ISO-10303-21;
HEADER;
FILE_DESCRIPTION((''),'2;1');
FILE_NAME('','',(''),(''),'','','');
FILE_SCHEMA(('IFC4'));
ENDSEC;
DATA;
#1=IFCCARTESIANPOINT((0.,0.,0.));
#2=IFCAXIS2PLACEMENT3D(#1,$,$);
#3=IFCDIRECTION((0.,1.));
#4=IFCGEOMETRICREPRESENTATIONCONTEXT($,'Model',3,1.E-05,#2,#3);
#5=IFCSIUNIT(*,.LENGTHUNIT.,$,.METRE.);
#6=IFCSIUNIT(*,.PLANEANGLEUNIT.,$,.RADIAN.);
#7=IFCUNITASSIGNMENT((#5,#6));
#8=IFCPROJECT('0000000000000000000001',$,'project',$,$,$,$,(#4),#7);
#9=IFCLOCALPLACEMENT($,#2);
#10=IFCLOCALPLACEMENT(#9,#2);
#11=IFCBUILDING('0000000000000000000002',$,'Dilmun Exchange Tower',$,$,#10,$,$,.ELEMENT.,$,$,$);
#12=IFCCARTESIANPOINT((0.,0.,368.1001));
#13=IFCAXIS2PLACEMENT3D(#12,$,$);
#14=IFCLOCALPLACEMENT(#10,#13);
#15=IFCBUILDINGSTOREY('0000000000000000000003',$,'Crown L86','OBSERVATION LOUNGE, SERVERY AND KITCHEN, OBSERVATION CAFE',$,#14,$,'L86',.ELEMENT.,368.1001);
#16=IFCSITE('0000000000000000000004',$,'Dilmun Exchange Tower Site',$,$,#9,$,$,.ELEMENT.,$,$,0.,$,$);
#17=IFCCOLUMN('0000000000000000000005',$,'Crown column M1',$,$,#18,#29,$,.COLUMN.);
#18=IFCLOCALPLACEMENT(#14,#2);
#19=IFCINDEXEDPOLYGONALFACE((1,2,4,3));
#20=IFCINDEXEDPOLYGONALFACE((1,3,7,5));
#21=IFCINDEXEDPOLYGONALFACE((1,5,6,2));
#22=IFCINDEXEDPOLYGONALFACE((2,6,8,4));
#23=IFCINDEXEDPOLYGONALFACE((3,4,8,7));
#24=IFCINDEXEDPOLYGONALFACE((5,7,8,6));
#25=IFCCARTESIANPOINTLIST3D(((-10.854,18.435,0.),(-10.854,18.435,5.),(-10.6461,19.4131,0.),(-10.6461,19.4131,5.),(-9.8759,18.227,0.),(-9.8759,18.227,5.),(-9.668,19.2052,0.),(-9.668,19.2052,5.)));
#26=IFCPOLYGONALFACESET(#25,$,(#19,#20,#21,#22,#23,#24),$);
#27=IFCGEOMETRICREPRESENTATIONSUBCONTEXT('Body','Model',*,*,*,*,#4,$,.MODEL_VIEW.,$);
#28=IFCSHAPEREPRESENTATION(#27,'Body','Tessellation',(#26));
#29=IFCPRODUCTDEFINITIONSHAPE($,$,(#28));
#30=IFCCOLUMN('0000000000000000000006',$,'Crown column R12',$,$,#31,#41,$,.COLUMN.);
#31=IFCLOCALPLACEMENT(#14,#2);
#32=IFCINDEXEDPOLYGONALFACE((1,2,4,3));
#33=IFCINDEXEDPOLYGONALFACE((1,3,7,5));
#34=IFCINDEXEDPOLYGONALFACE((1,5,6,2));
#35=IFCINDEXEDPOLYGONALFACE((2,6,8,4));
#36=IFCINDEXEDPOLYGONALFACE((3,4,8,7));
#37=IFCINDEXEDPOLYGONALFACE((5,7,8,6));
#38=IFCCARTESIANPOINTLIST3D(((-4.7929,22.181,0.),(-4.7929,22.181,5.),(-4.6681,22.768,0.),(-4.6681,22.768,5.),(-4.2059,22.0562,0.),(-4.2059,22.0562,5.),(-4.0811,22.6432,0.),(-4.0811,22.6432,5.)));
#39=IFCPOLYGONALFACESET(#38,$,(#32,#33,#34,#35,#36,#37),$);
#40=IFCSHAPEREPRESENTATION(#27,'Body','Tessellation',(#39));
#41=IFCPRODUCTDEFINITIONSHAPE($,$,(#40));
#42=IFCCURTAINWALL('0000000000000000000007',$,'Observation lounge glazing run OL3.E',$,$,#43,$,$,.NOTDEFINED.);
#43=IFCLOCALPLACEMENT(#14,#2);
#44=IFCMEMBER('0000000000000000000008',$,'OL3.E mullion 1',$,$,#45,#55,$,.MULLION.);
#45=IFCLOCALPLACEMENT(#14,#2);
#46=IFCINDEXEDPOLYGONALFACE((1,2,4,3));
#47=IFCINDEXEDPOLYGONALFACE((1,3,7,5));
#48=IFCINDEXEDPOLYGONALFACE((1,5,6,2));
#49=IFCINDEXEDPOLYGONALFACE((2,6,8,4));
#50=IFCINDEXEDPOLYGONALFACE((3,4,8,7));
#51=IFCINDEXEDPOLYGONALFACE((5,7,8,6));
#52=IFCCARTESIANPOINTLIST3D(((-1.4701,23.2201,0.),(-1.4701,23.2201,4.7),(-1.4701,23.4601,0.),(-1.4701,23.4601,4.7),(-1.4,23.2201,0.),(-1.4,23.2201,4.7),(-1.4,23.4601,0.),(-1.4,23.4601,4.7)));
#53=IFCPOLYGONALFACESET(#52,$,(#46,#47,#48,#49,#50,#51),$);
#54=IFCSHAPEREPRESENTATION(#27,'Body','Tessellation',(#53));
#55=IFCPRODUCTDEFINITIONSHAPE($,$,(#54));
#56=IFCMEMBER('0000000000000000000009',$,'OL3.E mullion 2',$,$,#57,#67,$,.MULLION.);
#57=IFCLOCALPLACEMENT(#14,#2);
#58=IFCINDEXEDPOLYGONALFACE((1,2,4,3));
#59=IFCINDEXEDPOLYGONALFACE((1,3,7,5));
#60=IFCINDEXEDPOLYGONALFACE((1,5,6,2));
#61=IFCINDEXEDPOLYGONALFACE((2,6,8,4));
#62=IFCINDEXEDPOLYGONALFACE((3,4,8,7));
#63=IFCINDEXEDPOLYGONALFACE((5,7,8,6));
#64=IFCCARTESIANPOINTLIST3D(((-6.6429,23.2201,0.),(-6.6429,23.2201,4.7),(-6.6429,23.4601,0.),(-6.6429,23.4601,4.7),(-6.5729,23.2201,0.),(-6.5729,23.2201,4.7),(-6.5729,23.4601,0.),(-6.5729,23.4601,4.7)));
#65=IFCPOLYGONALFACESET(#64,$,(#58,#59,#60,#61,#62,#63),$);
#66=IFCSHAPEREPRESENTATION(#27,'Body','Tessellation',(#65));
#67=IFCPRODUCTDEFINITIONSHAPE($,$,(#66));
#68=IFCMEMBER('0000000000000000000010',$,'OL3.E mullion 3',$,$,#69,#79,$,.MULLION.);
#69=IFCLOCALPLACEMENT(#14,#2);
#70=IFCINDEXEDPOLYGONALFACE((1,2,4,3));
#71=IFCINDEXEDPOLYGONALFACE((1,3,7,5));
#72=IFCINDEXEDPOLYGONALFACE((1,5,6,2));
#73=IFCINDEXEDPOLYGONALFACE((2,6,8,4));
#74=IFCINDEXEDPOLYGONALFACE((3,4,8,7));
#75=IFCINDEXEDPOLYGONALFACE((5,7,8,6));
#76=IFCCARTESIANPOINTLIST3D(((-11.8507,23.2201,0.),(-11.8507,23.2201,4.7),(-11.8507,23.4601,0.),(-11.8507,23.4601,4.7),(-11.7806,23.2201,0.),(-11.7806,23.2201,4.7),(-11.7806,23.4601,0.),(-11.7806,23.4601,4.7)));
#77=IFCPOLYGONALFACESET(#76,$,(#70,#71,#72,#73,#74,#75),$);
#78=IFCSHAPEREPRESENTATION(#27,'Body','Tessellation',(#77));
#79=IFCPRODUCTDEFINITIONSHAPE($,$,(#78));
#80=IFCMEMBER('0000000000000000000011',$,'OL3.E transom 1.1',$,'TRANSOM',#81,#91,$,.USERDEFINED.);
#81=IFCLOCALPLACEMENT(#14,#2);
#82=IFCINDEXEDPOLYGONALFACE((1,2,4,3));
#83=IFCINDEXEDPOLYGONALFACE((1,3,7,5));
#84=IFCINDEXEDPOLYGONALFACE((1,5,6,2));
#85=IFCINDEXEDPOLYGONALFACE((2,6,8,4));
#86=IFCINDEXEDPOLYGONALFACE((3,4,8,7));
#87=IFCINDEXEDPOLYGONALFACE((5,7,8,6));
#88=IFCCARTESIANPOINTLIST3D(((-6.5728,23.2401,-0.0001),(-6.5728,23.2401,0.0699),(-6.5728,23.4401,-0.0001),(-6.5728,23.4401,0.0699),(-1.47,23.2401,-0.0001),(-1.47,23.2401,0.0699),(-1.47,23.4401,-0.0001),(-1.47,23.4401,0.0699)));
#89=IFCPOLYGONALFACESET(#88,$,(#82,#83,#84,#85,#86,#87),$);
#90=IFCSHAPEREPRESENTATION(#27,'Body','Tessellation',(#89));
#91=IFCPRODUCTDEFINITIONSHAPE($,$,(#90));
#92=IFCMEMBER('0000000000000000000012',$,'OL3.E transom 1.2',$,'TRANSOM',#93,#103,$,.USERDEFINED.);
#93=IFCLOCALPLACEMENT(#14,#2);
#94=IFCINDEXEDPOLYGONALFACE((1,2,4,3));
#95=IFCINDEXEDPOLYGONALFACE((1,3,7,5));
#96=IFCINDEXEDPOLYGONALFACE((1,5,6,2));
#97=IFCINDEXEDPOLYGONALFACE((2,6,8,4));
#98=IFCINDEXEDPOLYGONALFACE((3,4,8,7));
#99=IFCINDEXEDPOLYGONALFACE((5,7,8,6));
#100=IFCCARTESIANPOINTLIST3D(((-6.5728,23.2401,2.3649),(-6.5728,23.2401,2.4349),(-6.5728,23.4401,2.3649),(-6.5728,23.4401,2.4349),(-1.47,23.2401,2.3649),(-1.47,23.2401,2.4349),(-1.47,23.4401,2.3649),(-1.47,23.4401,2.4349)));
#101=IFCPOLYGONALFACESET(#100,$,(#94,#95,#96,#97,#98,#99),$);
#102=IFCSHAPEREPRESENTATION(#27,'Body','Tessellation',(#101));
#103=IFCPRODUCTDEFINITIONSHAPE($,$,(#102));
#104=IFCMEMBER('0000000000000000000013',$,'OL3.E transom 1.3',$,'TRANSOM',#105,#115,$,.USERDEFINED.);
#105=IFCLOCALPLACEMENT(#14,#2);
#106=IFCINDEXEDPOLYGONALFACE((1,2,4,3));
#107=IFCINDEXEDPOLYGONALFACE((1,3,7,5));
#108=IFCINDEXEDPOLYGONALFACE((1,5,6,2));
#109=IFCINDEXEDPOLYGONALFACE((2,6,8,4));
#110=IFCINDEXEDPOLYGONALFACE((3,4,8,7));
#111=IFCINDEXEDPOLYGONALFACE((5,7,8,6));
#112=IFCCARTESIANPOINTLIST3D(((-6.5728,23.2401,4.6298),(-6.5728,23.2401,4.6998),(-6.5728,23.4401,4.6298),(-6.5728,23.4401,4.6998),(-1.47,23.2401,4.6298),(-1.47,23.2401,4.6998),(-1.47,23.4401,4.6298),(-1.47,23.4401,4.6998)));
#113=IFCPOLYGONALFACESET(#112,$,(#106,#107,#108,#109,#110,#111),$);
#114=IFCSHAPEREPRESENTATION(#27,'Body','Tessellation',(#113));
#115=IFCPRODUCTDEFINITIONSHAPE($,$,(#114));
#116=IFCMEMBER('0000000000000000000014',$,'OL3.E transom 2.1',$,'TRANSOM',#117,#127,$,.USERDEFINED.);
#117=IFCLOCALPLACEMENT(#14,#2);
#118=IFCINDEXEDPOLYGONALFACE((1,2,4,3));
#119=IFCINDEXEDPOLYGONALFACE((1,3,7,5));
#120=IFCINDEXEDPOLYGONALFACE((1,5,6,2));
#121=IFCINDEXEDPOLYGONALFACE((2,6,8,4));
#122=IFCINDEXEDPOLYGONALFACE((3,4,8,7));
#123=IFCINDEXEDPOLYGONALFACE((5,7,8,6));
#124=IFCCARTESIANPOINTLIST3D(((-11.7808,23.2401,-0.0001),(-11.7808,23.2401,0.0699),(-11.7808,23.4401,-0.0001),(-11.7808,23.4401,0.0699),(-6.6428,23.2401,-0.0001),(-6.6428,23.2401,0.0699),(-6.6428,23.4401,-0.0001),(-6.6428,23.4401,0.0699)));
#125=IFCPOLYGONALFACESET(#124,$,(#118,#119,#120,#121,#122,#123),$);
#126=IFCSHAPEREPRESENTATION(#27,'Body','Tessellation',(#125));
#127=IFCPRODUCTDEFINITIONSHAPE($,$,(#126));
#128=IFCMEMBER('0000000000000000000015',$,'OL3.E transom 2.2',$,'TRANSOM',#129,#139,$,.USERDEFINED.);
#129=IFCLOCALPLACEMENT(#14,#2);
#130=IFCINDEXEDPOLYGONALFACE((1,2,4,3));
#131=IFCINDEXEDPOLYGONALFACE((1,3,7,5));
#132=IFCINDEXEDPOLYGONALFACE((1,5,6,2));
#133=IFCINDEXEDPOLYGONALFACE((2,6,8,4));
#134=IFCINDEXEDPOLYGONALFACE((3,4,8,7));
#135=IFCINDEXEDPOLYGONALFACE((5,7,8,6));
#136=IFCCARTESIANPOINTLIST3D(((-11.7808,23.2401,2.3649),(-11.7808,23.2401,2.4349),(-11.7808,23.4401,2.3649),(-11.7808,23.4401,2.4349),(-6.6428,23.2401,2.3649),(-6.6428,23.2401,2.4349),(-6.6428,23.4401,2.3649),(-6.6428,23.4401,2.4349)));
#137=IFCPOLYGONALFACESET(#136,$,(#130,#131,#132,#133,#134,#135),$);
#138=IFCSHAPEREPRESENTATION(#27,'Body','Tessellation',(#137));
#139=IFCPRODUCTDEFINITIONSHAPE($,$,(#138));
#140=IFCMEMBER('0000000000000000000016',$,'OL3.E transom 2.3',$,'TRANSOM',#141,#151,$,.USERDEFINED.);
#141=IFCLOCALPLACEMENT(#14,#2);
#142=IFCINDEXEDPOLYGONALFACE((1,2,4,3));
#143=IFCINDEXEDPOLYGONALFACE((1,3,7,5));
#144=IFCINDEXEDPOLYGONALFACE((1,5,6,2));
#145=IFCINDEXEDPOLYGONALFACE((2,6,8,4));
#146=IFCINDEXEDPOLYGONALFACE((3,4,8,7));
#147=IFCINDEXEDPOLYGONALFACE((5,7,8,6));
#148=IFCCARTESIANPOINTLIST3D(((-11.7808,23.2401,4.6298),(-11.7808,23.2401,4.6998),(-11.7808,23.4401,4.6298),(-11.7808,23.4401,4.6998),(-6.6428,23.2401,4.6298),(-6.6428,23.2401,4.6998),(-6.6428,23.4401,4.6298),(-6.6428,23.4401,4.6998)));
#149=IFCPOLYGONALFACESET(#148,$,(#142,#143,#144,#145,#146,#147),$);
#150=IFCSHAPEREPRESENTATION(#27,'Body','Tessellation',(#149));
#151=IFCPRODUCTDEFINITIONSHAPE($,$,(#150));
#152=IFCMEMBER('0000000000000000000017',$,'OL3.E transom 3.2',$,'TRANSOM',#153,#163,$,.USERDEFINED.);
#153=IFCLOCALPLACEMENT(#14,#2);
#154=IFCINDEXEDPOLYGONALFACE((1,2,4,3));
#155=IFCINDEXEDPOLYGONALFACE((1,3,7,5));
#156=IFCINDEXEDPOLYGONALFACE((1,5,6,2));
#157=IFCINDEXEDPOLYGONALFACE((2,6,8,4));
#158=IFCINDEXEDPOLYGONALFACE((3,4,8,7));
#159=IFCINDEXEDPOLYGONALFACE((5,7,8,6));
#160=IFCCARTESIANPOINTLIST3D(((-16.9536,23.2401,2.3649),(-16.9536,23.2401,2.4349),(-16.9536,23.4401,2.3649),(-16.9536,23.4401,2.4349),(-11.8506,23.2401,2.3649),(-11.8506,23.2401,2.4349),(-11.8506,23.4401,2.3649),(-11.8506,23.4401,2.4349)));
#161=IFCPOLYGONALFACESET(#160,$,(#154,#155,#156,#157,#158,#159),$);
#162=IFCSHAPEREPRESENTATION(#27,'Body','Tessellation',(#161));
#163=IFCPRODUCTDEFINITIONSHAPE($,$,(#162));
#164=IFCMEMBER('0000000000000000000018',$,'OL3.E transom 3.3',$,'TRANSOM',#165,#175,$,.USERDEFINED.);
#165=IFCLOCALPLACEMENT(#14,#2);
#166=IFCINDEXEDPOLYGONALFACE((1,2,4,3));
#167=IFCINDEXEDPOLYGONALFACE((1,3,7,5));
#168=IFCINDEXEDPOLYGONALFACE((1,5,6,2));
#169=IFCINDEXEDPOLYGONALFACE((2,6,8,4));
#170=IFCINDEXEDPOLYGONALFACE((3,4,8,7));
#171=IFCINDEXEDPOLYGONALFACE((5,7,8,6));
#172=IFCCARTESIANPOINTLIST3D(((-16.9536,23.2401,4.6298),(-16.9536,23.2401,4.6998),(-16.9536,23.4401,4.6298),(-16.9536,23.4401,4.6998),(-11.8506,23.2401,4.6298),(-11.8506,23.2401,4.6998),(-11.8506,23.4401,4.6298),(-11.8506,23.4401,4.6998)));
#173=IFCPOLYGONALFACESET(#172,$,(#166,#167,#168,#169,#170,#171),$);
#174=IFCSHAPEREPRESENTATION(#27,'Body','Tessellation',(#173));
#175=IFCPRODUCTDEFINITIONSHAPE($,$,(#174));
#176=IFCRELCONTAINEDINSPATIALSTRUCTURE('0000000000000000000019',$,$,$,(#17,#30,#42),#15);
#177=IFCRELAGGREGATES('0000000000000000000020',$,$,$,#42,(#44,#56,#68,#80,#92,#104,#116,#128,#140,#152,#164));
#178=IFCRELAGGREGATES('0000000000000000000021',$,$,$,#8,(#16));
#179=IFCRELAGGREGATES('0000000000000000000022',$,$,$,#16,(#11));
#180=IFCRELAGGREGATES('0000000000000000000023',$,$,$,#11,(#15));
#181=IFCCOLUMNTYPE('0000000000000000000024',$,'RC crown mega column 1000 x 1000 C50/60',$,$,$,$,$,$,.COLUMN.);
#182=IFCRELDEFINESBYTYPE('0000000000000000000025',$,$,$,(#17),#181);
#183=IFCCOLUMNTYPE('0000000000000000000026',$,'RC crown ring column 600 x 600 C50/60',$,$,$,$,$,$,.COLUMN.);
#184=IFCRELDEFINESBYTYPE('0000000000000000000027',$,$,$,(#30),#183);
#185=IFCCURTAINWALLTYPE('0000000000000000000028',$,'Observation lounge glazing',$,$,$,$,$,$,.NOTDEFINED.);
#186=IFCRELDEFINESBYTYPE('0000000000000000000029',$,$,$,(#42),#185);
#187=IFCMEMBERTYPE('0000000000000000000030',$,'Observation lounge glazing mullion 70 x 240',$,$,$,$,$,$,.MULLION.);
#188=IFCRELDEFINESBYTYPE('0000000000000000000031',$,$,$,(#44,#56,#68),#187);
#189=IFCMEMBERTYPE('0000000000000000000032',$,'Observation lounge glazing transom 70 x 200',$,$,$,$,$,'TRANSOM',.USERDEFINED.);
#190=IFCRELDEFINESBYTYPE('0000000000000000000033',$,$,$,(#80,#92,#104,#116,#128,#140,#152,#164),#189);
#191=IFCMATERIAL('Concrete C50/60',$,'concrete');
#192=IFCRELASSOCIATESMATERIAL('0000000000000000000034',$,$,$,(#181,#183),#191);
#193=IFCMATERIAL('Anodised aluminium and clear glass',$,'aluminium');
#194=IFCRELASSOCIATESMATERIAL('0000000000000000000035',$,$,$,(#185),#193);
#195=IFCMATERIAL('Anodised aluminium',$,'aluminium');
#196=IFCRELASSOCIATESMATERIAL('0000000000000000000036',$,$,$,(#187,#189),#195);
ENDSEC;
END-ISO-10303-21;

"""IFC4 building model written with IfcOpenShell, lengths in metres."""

from ifc_helpers import new_model, si_unit, direction, frame, origin, origin_2d, place, context, subcontext, project, spatial, rectangle, extrude, material, material_profile, profile_set, type_object, element, aggregate, save


model = new_model("IFC4")

# Units and contexts
model_context = context("Model", 3, precision=1e-05, world=origin(), true_north=direction((0.0, 1.0)))
body_context = subcontext(model_context, "Body", "Model", "MODEL_VIEW")
ifc_project = project(units=[si_unit("LENGTHUNIT", "METRE"), si_unit("PLANEANGLEUNIT", "RADIAN")], contexts=[model_context])

# Site, building, storey
site_placement = place(None, origin())
site = spatial("IfcSite", under=ifc_project, at=site_placement, Name="Dilmun Exchange Tower Site", CompositionType="ELEMENT", RefElevation=0.0)
building_placement = place(site_placement, origin())
building = spatial("IfcBuilding", under=site, at=building_placement, Name="Dilmun Exchange Tower", CompositionType="ELEMENT")
storey_placement = place(building_placement, frame((0.0, 0.0, 368.1001)))
storey = spatial("IfcBuildingStorey", under=building, at=storey_placement, Name="Crown L86", Description="OBSERVATION LOUNGE, SERVERY AND KITCHEN, OBSERVATION CAFE", LongName="L86", CompositionType="ELEMENT", Elevation=368.1001)

# Columns
ifc_material_1 = material(Name="Concrete C50/60", Category="concrete")
ifc_material_profile_1 = material_profile(ifc_material_1, rectangle(XDim=1.0, YDim=1.0, at=origin_2d()), Name="1000 x 1000")
ifc_profile_set_1 = profile_set([ifc_material_profile_1], Name="Concrete C50/60")
column_type_1 = type_object("IfcColumnType", Name="RC crown mega column 1000 x 1000 C50/60", PredefinedType="COLUMN", material=ifc_profile_set_1)
column_1_placement = place(storey_placement, frame((-10.261, 18.8201, 0.0), z_axis=(0.0, 0.0, 1.0), x_axis=(0.207912, 0.978148, 0.0)))
element("IfcColumn", 1, at=column_1_placement, inside=storey, type_object=column_type_1, Name="Crown column M1", PredefinedType="COLUMN", context=body_context, shape_type="SweptSolid", body=[
    extrude(rectangle(XDim=1.0, YDim=1.0, at=origin_2d()), origin(), (0.0, 0.0, 1.0), 5.0),
])
ifc_material_profile_2 = material_profile(ifc_material_1, rectangle(XDim=0.6001, YDim=0.6001, at=origin_2d()), Name="600 x 600")
ifc_profile_set_2 = profile_set([ifc_material_profile_2], Name="Concrete C50/60")
column_type_2 = type_object("IfcColumnType", Name="RC crown ring column 600 x 600 C50/60", PredefinedType="COLUMN", material=ifc_profile_set_2)
column_2_placement = place(storey_placement, frame((-4.437, 22.4121, 0.0), z_axis=(0.0, 0.0, 1.0), x_axis=(0.207912, 0.978148, 0.0)))
element("IfcColumn", 2, at=column_2_placement, inside=storey, type_object=column_type_2, Name="Crown column R12", PredefinedType="COLUMN", context=body_context, shape_type="SweptSolid", body=[
    extrude(rectangle(XDim=0.6001, YDim=0.6001, at=origin_2d()), origin(), (0.0, 0.0, 1.0), 5.0),
])

# Curtain wall, members
ifc_material_2 = material(Name="Anodised aluminium and clear glass", Category="aluminium")
curtain_wall_type = type_object("IfcCurtainWallType", Name="Observation lounge glazing", PredefinedType="NOTDEFINED", material=ifc_material_2)
curtain_wall_placement = place(storey_placement, origin())
curtain_wall = element("IfcCurtainWall", 3, at=curtain_wall_placement, inside=storey, type_object=curtain_wall_type, Name="Observation lounge glazing run OL3.E", PredefinedType="NOTDEFINED")
ifc_material_3 = material(Name="Anodised aluminium", Category="aluminium")
ifc_material_profile_3 = material_profile(ifc_material_3, rectangle(XDim=0.24, YDim=0.0701, at=origin_2d()), Name="AL 70x240")
ifc_profile_set_3 = profile_set([ifc_material_profile_3], Name="Anodised aluminium")
member_type_1 = type_object("IfcMemberType", Name="Observation lounge glazing mullion 70 x 240", PredefinedType="MULLION", material=ifc_profile_set_3)
member_1_placement = place(storey_placement, frame((-1.4351, 23.3401, 0.0), z_axis=(0.0, 0.0, 1.0), x_axis=(0.0, -1.0, 0.0)))
member_1 = element("IfcMember", 4, at=member_1_placement, type_object=member_type_1, Name="OL3.E mullion 1", PredefinedType="MULLION", context=body_context, shape_type="SweptSolid", body=[
    extrude(rectangle(XDim=0.24, YDim=0.0701, at=origin_2d()), origin(), (0.0, 0.0, 1.0), 4.7),
])
member_2_placement = place(storey_placement, frame((-6.6079, 23.3401, 0.0), z_axis=(0.0, 0.0, 1.0), x_axis=(0.0, -1.0, 0.0)))
member_2 = element("IfcMember", 5, at=member_2_placement, type_object=member_type_1, Name="OL3.E mullion 2", PredefinedType="MULLION", context=body_context, shape_type="SweptSolid", body=[
    extrude(rectangle(XDim=0.24, YDim=0.0701, at=origin_2d()), origin(), (0.0, 0.0, 1.0), 4.7),
])
member_3_placement = place(storey_placement, frame((-11.8157, 23.3401, 0.0), z_axis=(0.0, 0.0, 1.0), x_axis=(0.0, -1.0, 0.0)))
member_3 = element("IfcMember", 6, at=member_3_placement, type_object=member_type_1, Name="OL3.E mullion 3", PredefinedType="MULLION", context=body_context, shape_type="SweptSolid", body=[
    extrude(rectangle(XDim=0.24, YDim=0.0701, at=origin_2d()), origin(), (0.0, 0.0, 1.0), 4.7),
])
ifc_material_profile_4 = material_profile(ifc_material_3, rectangle(XDim=0.2, YDim=0.0701, at=origin_2d()), Name="AL 70x200")
ifc_profile_set_4 = profile_set([ifc_material_profile_4], Name="Anodised aluminium")
member_type_2 = type_object("IfcMemberType", Name="Observation lounge glazing transom 70 x 200", ElementType="TRANSOM", PredefinedType="USERDEFINED", material=ifc_profile_set_4)
member_4_placement = place(storey_placement, frame((-1.47, 23.3401, 0.0349), z_axis=(-1.0, 0.0, 0.0), x_axis=(0.0, -1.0, 0.0)))
member_4 = element("IfcMember", 7, at=member_4_placement, type_object=member_type_2, Name="OL3.E transom 1.1", ObjectType="TRANSOM", PredefinedType="USERDEFINED", context=body_context, shape_type="SweptSolid", body=[
    extrude(rectangle(XDim=0.2, YDim=0.0701, at=origin_2d()), origin(), (0.0, 0.0, 1.0), 5.1028),
])
member_5_placement = place(storey_placement, frame((-1.47, 23.3401, 2.3999), z_axis=(-1.0, 0.0, 0.0), x_axis=(0.0, -1.0, 0.0)))
member_5 = element("IfcMember", 8, at=member_5_placement, type_object=member_type_2, Name="OL3.E transom 1.2", ObjectType="TRANSOM", PredefinedType="USERDEFINED", context=body_context, shape_type="SweptSolid", body=[
    extrude(rectangle(XDim=0.2, YDim=0.0701, at=origin_2d()), origin(), (0.0, 0.0, 1.0), 5.1028),
])
member_6_placement = place(storey_placement, frame((-1.47, 23.3401, 4.6648), z_axis=(-1.0, 0.0, 0.0), x_axis=(0.0, -1.0, 0.0)))
member_6 = element("IfcMember", 9, at=member_6_placement, type_object=member_type_2, Name="OL3.E transom 1.3", ObjectType="TRANSOM", PredefinedType="USERDEFINED", context=body_context, shape_type="SweptSolid", body=[
    extrude(rectangle(XDim=0.2, YDim=0.0701, at=origin_2d()), origin(), (0.0, 0.0, 1.0), 5.1028),
])
member_7_placement = place(storey_placement, frame((-6.6428, 23.3401, 0.0349), z_axis=(-1.0, 0.0, 0.0), x_axis=(0.0, -1.0, 0.0)))
member_7 = element("IfcMember", 10, at=member_7_placement, type_object=member_type_2, Name="OL3.E transom 2.1", ObjectType="TRANSOM", PredefinedType="USERDEFINED", context=body_context, shape_type="SweptSolid", body=[
    extrude(rectangle(XDim=0.2, YDim=0.0701, at=origin_2d()), origin(), (0.0, 0.0, 1.0), 5.1379),
])
member_8_placement = place(storey_placement, frame((-6.6428, 23.3401, 2.3999), z_axis=(-1.0, 0.0, 0.0), x_axis=(0.0, -1.0, 0.0)))
member_8 = element("IfcMember", 11, at=member_8_placement, type_object=member_type_2, Name="OL3.E transom 2.2", ObjectType="TRANSOM", PredefinedType="USERDEFINED", context=body_context, shape_type="SweptSolid", body=[
    extrude(rectangle(XDim=0.2, YDim=0.0701, at=origin_2d()), origin(), (0.0, 0.0, 1.0), 5.1379),
])
member_9_placement = place(storey_placement, frame((-6.6428, 23.3401, 4.6648), z_axis=(-1.0, 0.0, 0.0), x_axis=(0.0, -1.0, 0.0)))
member_9 = element("IfcMember", 12, at=member_9_placement, type_object=member_type_2, Name="OL3.E transom 2.3", ObjectType="TRANSOM", PredefinedType="USERDEFINED", context=body_context, shape_type="SweptSolid", body=[
    extrude(rectangle(XDim=0.2, YDim=0.0701, at=origin_2d()), origin(), (0.0, 0.0, 1.0), 5.1379),
])
member_10_placement = place(storey_placement, frame((-11.8506, 23.3401, 2.3999), z_axis=(-1.0, 0.0, 0.0), x_axis=(0.0, -1.0, 0.0)))
member_10 = element("IfcMember", 13, at=member_10_placement, type_object=member_type_2, Name="OL3.E transom 3.2", ObjectType="TRANSOM", PredefinedType="USERDEFINED", context=body_context, shape_type="SweptSolid", body=[
    extrude(rectangle(XDim=0.2, YDim=0.0701, at=origin_2d()), origin(), (0.0, 0.0, 1.0), 5.103),
])
member_11_placement = place(storey_placement, frame((-11.8506, 23.3401, 4.6648), z_axis=(-1.0, 0.0, 0.0), x_axis=(0.0, -1.0, 0.0)))
member_11 = element("IfcMember", 14, at=member_11_placement, type_object=member_type_2, Name="OL3.E transom 3.3", ObjectType="TRANSOM", PredefinedType="USERDEFINED", context=body_context, shape_type="SweptSolid", body=[
    extrude(rectangle(XDim=0.2, YDim=0.0701, at=origin_2d()), origin(), (0.0, 0.0, 1.0), 5.103),
])

aggregate(curtain_wall, [member_1, member_2, member_3, member_4, member_5, member_6, member_7, member_8, member_9, member_10, member_11])

save(model, "model.ifc")
